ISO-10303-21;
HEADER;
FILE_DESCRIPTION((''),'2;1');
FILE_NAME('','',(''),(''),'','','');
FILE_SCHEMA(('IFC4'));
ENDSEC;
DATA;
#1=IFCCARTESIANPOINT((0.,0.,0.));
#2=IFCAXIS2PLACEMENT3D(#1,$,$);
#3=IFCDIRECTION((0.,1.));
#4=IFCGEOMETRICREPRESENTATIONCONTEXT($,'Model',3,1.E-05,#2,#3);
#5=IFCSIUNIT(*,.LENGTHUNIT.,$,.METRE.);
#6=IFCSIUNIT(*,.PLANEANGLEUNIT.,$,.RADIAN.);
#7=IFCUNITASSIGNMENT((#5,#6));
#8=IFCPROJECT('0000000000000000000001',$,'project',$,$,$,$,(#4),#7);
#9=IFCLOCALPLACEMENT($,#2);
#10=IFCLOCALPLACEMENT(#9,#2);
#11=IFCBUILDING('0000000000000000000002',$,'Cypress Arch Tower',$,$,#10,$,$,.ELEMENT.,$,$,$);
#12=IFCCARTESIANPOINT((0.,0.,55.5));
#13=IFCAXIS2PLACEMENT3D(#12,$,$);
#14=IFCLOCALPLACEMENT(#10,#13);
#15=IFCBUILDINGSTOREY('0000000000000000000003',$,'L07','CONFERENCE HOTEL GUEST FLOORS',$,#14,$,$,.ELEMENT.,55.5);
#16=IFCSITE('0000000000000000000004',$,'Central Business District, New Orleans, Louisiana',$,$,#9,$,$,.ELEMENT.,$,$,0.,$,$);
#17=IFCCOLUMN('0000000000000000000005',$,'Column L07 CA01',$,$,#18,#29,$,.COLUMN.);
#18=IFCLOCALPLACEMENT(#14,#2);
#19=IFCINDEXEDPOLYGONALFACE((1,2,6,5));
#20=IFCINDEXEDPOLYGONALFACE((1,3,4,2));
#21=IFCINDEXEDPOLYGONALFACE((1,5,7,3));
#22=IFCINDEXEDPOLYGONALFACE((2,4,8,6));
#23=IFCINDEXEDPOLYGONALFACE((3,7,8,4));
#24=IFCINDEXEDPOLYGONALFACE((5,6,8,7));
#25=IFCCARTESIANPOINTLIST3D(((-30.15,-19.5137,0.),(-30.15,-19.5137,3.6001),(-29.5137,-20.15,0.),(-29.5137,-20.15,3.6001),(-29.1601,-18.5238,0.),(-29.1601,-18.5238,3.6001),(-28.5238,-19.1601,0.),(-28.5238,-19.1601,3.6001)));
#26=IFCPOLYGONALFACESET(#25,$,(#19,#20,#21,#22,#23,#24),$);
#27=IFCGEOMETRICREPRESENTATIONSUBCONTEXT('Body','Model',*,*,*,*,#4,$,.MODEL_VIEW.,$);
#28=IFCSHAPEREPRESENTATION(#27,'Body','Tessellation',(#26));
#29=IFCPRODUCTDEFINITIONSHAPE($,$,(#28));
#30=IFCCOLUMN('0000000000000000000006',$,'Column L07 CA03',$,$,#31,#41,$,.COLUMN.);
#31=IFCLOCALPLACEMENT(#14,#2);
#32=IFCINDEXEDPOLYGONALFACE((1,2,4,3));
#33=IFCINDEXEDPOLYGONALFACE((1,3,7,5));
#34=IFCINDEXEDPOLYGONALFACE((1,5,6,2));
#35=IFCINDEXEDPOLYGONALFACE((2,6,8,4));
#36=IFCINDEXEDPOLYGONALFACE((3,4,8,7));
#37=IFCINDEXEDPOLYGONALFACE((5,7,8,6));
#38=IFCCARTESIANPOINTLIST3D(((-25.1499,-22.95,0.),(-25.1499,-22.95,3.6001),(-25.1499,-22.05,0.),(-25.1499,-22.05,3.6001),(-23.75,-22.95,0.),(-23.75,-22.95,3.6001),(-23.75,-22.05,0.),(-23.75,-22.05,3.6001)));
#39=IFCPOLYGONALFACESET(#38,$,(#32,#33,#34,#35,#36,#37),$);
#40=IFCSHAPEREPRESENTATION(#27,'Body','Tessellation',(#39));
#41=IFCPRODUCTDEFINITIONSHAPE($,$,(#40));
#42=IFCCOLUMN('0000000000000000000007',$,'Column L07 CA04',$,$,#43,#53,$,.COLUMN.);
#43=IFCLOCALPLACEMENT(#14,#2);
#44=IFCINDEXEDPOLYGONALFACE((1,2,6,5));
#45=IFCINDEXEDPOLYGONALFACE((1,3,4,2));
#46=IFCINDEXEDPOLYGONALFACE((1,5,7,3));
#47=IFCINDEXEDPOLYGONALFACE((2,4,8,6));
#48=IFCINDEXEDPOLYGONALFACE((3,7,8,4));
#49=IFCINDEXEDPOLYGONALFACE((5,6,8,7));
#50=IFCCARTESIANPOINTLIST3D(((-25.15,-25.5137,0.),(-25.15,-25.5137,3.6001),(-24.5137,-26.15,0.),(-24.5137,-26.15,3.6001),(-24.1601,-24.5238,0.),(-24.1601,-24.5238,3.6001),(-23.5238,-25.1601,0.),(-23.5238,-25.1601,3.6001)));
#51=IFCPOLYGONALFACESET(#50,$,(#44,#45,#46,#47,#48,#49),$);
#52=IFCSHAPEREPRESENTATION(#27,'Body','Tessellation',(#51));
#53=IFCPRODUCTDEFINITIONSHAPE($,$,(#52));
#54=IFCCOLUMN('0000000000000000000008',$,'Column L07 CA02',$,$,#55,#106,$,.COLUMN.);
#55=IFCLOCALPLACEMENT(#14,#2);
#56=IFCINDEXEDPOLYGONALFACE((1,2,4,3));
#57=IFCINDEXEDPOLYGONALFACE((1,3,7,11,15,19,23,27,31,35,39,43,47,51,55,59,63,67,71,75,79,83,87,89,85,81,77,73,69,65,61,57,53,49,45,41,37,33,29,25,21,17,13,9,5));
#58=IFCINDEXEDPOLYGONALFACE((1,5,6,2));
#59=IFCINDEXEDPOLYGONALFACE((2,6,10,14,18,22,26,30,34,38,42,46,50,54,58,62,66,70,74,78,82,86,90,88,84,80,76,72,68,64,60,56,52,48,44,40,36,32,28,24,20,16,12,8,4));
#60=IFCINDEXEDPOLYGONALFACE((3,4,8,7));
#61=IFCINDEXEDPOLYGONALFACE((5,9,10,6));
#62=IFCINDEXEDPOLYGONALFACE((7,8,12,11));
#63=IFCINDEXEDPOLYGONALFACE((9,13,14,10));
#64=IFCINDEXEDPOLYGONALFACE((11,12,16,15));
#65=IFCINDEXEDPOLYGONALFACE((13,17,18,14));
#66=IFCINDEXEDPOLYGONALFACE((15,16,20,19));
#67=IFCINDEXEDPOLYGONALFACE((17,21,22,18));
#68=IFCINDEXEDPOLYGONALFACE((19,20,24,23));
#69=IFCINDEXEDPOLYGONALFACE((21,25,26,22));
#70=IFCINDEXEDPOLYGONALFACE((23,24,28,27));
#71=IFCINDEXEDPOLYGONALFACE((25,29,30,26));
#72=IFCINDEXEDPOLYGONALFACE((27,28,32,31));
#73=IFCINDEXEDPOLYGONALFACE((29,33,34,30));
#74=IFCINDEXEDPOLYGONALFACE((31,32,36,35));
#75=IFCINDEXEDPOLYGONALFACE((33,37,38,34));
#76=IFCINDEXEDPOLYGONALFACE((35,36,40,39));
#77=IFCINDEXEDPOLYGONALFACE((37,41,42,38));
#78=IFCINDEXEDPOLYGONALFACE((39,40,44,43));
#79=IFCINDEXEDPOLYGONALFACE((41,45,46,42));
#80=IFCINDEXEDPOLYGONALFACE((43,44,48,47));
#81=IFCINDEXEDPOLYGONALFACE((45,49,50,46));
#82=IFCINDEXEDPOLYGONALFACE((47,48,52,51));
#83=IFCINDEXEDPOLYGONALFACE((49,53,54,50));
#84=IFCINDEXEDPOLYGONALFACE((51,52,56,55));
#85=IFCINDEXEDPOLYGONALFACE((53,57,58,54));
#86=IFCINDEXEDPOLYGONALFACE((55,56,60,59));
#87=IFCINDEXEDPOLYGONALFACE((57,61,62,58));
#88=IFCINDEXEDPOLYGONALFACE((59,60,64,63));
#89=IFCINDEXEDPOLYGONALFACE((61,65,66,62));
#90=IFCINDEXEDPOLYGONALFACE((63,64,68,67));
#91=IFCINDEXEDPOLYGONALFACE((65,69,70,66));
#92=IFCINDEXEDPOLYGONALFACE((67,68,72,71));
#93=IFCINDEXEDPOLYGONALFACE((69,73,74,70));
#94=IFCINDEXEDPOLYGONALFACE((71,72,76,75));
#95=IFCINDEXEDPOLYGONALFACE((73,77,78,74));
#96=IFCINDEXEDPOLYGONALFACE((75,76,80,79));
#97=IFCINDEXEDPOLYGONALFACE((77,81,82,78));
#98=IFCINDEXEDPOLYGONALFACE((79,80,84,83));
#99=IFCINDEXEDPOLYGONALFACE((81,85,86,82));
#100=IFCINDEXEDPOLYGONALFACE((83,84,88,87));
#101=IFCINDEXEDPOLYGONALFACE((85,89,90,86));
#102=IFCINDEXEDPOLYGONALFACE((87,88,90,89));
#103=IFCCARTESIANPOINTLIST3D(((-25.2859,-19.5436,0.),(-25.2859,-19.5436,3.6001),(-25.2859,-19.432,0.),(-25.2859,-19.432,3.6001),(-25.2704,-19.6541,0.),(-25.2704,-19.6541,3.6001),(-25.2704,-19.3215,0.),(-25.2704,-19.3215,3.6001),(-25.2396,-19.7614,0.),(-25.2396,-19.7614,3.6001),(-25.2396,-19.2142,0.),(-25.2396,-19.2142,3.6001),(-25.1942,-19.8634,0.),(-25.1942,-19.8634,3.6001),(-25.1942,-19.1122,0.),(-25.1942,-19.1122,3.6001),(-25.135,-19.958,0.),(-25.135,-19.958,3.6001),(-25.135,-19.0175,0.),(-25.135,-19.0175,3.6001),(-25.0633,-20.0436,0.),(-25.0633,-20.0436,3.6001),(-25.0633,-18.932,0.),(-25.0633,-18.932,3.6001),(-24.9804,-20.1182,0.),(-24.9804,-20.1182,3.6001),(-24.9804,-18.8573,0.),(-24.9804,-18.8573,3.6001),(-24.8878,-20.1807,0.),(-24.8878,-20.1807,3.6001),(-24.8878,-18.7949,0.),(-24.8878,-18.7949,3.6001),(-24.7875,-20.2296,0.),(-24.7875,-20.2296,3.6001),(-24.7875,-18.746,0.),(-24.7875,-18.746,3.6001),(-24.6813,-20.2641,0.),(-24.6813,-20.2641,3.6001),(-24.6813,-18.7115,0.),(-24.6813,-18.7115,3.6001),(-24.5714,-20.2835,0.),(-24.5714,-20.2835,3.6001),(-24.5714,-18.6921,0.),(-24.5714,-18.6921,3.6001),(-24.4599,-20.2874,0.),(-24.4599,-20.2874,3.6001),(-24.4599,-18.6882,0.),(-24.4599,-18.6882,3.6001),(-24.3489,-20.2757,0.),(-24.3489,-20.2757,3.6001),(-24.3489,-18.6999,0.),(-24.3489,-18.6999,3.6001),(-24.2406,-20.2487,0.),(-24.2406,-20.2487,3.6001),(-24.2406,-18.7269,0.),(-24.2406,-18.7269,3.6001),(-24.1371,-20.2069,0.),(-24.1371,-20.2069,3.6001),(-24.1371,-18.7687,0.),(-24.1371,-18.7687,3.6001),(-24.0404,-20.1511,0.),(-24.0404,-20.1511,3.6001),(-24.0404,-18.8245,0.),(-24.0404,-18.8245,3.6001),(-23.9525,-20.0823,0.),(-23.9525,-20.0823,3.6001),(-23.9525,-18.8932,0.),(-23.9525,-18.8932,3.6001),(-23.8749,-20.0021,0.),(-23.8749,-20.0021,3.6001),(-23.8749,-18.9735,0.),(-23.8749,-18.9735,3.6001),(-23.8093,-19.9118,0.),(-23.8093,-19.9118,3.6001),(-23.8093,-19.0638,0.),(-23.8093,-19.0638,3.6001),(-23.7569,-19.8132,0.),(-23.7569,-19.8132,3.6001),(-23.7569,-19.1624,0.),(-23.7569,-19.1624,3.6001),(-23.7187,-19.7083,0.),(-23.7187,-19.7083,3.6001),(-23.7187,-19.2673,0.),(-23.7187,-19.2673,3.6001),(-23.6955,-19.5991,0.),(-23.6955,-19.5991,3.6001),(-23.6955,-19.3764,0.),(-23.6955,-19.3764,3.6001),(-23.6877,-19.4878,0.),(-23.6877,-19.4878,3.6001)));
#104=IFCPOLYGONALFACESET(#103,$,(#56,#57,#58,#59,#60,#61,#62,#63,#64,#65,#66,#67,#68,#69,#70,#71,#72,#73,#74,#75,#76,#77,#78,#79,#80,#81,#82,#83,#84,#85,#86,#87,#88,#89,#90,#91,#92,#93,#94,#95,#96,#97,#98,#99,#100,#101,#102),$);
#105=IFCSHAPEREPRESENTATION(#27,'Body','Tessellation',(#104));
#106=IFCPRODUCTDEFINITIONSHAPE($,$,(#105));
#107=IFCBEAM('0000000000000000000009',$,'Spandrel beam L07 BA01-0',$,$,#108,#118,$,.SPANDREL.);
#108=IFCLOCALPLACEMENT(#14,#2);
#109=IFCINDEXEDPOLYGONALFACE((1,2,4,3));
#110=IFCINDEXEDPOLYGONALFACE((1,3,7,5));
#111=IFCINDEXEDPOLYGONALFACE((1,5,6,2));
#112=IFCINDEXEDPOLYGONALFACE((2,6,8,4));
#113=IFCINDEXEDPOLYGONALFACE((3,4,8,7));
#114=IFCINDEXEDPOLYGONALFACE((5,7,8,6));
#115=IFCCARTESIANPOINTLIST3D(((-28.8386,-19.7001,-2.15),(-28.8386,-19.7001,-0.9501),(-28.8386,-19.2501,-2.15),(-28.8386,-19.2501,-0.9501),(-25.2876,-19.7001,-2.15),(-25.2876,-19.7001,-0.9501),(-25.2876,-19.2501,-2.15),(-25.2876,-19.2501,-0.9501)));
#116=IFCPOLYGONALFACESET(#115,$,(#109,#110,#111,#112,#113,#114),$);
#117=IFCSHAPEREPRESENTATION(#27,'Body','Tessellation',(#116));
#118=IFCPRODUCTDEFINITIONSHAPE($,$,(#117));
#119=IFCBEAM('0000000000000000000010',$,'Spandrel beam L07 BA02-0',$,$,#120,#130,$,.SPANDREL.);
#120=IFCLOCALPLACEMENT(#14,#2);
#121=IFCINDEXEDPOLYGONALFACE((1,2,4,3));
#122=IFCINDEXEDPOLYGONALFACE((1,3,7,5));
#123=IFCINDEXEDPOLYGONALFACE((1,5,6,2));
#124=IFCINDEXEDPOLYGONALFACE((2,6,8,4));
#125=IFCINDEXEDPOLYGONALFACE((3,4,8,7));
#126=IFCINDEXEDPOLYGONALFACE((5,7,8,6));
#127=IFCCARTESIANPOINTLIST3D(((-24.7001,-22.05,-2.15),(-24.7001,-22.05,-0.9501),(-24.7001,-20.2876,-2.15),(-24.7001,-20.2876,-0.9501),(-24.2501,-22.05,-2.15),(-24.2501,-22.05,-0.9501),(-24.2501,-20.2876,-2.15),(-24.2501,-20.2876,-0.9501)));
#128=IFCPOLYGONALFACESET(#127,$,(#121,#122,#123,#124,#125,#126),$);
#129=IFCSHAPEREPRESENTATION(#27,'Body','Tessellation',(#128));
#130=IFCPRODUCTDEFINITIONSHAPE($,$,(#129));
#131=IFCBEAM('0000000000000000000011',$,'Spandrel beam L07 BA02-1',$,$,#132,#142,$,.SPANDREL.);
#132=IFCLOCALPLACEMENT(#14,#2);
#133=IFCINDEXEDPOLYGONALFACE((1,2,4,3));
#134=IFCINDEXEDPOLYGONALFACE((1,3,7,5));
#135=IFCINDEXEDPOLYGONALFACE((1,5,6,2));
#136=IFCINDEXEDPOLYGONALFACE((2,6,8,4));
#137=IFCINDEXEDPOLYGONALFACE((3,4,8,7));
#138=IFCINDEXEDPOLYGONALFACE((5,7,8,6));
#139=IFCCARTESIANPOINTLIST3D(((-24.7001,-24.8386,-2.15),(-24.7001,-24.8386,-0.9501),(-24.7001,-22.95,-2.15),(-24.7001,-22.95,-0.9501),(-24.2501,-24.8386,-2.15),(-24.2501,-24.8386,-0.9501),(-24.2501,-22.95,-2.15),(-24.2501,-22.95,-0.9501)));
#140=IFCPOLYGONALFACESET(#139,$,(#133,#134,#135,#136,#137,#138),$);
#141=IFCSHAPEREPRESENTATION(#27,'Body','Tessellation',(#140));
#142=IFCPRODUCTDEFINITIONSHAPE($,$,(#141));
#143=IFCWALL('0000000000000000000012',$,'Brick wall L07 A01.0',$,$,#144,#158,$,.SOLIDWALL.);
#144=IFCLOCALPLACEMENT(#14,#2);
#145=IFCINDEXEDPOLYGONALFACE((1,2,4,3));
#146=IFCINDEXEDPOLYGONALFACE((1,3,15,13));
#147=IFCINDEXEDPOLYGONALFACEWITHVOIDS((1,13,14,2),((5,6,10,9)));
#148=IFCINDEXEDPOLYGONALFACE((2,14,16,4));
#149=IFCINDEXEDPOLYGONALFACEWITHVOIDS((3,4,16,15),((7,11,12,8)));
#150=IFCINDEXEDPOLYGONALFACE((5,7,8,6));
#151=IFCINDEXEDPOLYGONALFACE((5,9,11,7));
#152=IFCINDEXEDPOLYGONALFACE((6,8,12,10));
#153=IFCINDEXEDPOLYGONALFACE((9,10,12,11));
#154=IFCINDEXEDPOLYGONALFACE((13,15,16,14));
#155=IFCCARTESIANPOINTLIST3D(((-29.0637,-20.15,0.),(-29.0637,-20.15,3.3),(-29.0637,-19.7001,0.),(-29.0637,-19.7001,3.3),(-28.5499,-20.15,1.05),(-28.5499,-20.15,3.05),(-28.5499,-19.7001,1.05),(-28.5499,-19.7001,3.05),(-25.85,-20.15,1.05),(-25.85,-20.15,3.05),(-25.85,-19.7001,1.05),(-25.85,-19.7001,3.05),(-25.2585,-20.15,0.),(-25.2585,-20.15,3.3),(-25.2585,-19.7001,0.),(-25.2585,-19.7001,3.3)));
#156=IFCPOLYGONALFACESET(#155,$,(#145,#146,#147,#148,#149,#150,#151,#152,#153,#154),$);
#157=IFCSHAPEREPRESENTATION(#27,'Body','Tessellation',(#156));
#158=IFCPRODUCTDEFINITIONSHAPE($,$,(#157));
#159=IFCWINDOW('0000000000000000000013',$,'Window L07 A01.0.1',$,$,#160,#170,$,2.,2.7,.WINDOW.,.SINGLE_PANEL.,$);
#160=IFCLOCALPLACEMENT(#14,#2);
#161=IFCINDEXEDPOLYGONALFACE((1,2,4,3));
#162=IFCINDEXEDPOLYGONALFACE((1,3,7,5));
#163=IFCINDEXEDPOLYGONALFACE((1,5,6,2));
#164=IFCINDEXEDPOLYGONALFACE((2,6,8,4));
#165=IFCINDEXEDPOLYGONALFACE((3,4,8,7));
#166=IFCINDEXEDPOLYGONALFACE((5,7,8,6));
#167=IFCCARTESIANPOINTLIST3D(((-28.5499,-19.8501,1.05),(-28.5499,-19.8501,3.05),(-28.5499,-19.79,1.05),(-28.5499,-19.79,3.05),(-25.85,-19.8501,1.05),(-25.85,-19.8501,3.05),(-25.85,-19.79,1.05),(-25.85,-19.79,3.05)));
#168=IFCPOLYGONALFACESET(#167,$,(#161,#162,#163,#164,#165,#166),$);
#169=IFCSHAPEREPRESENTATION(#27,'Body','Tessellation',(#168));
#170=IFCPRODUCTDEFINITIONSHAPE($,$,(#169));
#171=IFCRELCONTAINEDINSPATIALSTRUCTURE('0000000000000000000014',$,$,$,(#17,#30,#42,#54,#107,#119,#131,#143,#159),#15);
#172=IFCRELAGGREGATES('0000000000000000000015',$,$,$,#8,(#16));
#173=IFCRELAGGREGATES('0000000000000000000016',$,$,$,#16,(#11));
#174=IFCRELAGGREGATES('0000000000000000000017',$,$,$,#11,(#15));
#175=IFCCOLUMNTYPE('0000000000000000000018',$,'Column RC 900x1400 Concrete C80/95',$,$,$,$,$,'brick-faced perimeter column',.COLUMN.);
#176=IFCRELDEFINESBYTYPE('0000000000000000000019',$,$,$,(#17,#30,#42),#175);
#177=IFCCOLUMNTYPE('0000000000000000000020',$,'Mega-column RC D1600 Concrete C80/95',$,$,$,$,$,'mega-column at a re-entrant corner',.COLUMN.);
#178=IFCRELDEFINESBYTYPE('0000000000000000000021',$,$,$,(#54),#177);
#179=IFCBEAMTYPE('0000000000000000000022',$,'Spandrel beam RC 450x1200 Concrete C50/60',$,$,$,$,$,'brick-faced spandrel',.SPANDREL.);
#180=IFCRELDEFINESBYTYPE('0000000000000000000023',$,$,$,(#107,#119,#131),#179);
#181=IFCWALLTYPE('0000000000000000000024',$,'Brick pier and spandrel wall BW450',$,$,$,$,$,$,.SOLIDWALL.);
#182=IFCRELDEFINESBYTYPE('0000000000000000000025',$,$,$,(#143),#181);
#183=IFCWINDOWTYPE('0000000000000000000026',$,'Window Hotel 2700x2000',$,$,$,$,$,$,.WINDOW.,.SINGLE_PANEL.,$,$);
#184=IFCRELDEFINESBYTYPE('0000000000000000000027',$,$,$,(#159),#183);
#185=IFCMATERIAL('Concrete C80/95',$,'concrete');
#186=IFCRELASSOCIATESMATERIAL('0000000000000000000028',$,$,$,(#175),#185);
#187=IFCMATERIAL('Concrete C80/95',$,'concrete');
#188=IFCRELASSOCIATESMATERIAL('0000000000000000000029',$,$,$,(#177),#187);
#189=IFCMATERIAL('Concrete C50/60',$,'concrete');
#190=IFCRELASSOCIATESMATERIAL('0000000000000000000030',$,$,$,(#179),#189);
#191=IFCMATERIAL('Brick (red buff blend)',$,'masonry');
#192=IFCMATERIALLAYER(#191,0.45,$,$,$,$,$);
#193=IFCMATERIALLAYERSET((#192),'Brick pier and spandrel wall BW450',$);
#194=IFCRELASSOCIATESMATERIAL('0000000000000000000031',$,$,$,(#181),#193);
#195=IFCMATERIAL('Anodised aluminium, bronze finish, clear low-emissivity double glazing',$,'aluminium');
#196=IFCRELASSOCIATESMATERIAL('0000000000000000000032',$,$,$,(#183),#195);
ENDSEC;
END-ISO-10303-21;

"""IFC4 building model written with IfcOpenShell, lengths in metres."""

from ifc_helpers import new_model, si_unit, direction, frame, frame_2d, origin, origin_2d, place, context, subcontext, project, spatial, rectangle, circle, extrude, material, layer, layer_set, material_profile, profile_set, type_object, element, fill, save


model = new_model("IFC4")

# Units and contexts
model_context = context("Model", 3, precision=1e-05, world=origin(), true_north=direction((0.0, 1.0)))
body_context = subcontext(model_context, "Body", "Model", "MODEL_VIEW")
ifc_project = project(units=[si_unit("LENGTHUNIT", "METRE"), si_unit("PLANEANGLEUNIT", "RADIAN")], contexts=[model_context])

# Site, building, storey
site_placement = place(None, origin())
site = spatial("IfcSite", under=ifc_project, at=site_placement, Name="Central Business District, New Orleans, Louisiana", CompositionType="ELEMENT", RefElevation=0.0)
building_placement = place(site_placement, origin())
building = spatial("IfcBuilding", under=site, at=building_placement, Name="Cypress Arch Tower", CompositionType="ELEMENT")
storey_placement = place(building_placement, frame((0.0, 0.0, 55.5)))
storey = spatial("IfcBuildingStorey", under=building, at=storey_placement, Name="L07", Description="CONFERENCE HOTEL GUEST FLOORS", CompositionType="ELEMENT", Elevation=55.5)

# Columns
ifc_material_1 = material(Name="Concrete C80/95", Category="concrete")
ifc_material_profile_1 = material_profile(ifc_material_1, rectangle(XDim=0.8999, YDim=1.3999, at=origin_2d()), Name="RC 900x1400")
ifc_profile_set_1 = profile_set([ifc_material_profile_1], Name="Concrete C80/95")
column_type_1 = type_object("IfcColumnType", Name="Column RC 900x1400 Concrete C80/95", ElementType="brick-faced perimeter column", PredefinedType="COLUMN", material=ifc_profile_set_1)
for number, where, z_axis, x_axis, name in (
    (1, (-29.3369, -19.3369, 0.0), (0.0, 0.0, 1.0), (0.707107, -0.707107, 0.0), "Column L07 CA01"),
    (2, (-24.45, -22.5, 0.0), (0.0, 0.0, 1.0), (0.0, -1.0, 0.0), "Column L07 CA03"),
    (3, (-24.3369, -25.3369, 0.0), (0.0, 0.0, 1.0), (0.707107, -0.707107, 0.0), "Column L07 CA04"),
):
    element("IfcColumn", number, at=place(storey_placement, frame(where, z_axis=z_axis, x_axis=x_axis)), inside=storey, type_object=column_type_1, Name=name, PredefinedType="COLUMN", context=body_context, shape_type="SweptSolid", body=[
        extrude(rectangle(XDim=0.8999, YDim=1.3999, at=origin_2d()), origin(), (0.0, 0.0, 1.0), 3.6001),
    ])
ifc_material_2 = material(Name="Concrete C80/95", Category="concrete")
ifc_material_profile_2 = material_profile(ifc_material_2, circle(Radius=0.8, at=origin_2d()), Name="RC D1600")
ifc_profile_set_2 = profile_set([ifc_material_profile_2], Name="Concrete C80/95")
column_type_2 = type_object("IfcColumnType", Name="Mega-column RC D1600 Concrete C80/95", ElementType="mega-column at a re-entrant corner", PredefinedType="COLUMN", material=ifc_profile_set_2)
column_placement = place(storey_placement, frame((-24.4878, -19.4878, 0.0), z_axis=(0.0, 0.0, 1.0), x_axis=(1.0, 0.0, 0.0)))
element("IfcColumn", 4, at=column_placement, inside=storey, type_object=column_type_2, Name="Column L07 CA02", PredefinedType="COLUMN", context=body_context, shape_type="SweptSolid", body=[
    extrude(circle(Radius=0.8, at=origin_2d()), origin(), (0.0, 0.0, 1.0), 3.6001),
])

# Beams
ifc_material_3 = material(Name="Concrete C50/60", Category="concrete")
ifc_material_profile_3 = material_profile(ifc_material_3, rectangle(XDim=0.45, YDim=1.2, at=origin_2d()), Name="RC 450x1200")
ifc_profile_set_3 = profile_set([ifc_material_profile_3], Name="Concrete C50/60")
beam_type = type_object("IfcBeamType", Name="Spandrel beam RC 450x1200 Concrete C50/60", ElementType="brick-faced spandrel", PredefinedType="SPANDREL", material=ifc_profile_set_3)
beam_1_placement = place(storey_placement, frame((-28.8386, -19.4751, -1.55), z_axis=(1.0, 0.0, 0.0), x_axis=(0.0, 1.0, 0.0)))
element("IfcBeam", 5, at=beam_1_placement, inside=storey, type_object=beam_type, Name="Spandrel beam L07 BA01-0", PredefinedType="SPANDREL", context=body_context, shape_type="SweptSolid", body=[
    extrude(rectangle(XDim=0.45, YDim=1.2, at=origin_2d()), origin(), (0.0, 0.0, 1.0), 3.551),
])
beam_2_placement = place(storey_placement, frame((-24.4751, -20.2876, -1.55), z_axis=(0.0, -1.0, 0.0), x_axis=(1.0, 0.0, 0.0)))
element("IfcBeam", 6, at=beam_2_placement, inside=storey, type_object=beam_type, Name="Spandrel beam L07 BA02-0", PredefinedType="SPANDREL", context=body_context, shape_type="SweptSolid", body=[
    extrude(rectangle(XDim=0.45, YDim=1.2, at=origin_2d()), origin(), (0.0, 0.0, 1.0), 1.7625),
])
beam_3_placement = place(storey_placement, frame((-24.4751, -22.95, -1.55), z_axis=(0.0, -1.0, 0.0), x_axis=(1.0, 0.0, 0.0)))
element("IfcBeam", 7, at=beam_3_placement, inside=storey, type_object=beam_type, Name="Spandrel beam L07 BA02-1", PredefinedType="SPANDREL", context=body_context, shape_type="SweptSolid", body=[
    extrude(rectangle(XDim=0.45, YDim=1.2, at=origin_2d()), origin(), (0.0, 0.0, 1.0), 1.8887),
])

# Wall, opening, window
ifc_material_4 = material(Name="Brick (red buff blend)", Category="masonry")
ifc_layer_1 = layer(ifc_material_4, 0.45)
ifc_layer_set_1 = layer_set([ifc_layer_1], Name="Brick pier and spandrel wall BW450")
wall_type_1 = type_object("IfcWallType", Name="Brick pier and spandrel wall BW450", PredefinedType="SOLIDWALL", material=ifc_layer_set_1)
wall_1_placement = place(storey_placement, frame((-29.0637, -19.925, 0.0), z_axis=(0.0, 0.0, 1.0), x_axis=(1.0, 0.0, 0.0)))
wall_1 = element("IfcWall", 8, at=wall_1_placement, inside=storey, type_object=wall_type_1, Name="Brick wall L07 A01.0", PredefinedType="SOLIDWALL", context=body_context, shape_type="SweptSolid", body=[
    extrude(rectangle(XDim=3.8052, YDim=0.45, at=frame_2d((1.9026, 0.0))), origin(), (0.0, 0.0, 1.0), 3.3),
])
opening_1_placement = place(wall_1_placement, frame((0.5137, 0.0, 1.05)))
opening_1 = element("IfcOpeningElement", 9, at=opening_1_placement, cuts=wall_1, PredefinedType="OPENING", context=body_context, shape_type="SweptSolid", body=[
    extrude(rectangle(XDim=2.7, YDim=2.0, at=frame_2d((1.3501, 1.0))), frame((0.0, 0.2349, 0.0), z_axis=(0.0, -1.0, 0.0), x_axis=(1.0, 0.0, 0.0)), (0.0, 0.0, 1.0), 0.47),
])
ifc_material_5 = material(Name="Anodised aluminium, bronze finish, clear low-emissivity double glazing", Category="aluminium")
window_type_1 = type_object("IfcWindowType", Name="Window Hotel 2700x2000", PartitioningType="SINGLE_PANEL", PredefinedType="WINDOW", material=ifc_material_5)
window_1_placement = place(opening_1_placement, origin())
window_1 = element("IfcWindow", 10, at=window_1_placement, inside=storey, type_object=window_type_1, Name="Window L07 A01.0.1", OverallHeight=2.0, OverallWidth=2.7, PartitioningType="SINGLE_PANEL", PredefinedType="WINDOW", context=body_context, shape_type="SweptSolid", body=[
    extrude(rectangle(XDim=2.7, YDim=2.0, at=frame_2d((1.3501, 1.0))), frame((0.0, 0.135, 0.0), z_axis=(0.0, -1.0, 0.0), x_axis=(1.0, 0.0, 0.0)), (0.0, 0.0, 1.0), 0.0601),
])
fill(opening_1, window_1)

save(model, "model.ifc")
